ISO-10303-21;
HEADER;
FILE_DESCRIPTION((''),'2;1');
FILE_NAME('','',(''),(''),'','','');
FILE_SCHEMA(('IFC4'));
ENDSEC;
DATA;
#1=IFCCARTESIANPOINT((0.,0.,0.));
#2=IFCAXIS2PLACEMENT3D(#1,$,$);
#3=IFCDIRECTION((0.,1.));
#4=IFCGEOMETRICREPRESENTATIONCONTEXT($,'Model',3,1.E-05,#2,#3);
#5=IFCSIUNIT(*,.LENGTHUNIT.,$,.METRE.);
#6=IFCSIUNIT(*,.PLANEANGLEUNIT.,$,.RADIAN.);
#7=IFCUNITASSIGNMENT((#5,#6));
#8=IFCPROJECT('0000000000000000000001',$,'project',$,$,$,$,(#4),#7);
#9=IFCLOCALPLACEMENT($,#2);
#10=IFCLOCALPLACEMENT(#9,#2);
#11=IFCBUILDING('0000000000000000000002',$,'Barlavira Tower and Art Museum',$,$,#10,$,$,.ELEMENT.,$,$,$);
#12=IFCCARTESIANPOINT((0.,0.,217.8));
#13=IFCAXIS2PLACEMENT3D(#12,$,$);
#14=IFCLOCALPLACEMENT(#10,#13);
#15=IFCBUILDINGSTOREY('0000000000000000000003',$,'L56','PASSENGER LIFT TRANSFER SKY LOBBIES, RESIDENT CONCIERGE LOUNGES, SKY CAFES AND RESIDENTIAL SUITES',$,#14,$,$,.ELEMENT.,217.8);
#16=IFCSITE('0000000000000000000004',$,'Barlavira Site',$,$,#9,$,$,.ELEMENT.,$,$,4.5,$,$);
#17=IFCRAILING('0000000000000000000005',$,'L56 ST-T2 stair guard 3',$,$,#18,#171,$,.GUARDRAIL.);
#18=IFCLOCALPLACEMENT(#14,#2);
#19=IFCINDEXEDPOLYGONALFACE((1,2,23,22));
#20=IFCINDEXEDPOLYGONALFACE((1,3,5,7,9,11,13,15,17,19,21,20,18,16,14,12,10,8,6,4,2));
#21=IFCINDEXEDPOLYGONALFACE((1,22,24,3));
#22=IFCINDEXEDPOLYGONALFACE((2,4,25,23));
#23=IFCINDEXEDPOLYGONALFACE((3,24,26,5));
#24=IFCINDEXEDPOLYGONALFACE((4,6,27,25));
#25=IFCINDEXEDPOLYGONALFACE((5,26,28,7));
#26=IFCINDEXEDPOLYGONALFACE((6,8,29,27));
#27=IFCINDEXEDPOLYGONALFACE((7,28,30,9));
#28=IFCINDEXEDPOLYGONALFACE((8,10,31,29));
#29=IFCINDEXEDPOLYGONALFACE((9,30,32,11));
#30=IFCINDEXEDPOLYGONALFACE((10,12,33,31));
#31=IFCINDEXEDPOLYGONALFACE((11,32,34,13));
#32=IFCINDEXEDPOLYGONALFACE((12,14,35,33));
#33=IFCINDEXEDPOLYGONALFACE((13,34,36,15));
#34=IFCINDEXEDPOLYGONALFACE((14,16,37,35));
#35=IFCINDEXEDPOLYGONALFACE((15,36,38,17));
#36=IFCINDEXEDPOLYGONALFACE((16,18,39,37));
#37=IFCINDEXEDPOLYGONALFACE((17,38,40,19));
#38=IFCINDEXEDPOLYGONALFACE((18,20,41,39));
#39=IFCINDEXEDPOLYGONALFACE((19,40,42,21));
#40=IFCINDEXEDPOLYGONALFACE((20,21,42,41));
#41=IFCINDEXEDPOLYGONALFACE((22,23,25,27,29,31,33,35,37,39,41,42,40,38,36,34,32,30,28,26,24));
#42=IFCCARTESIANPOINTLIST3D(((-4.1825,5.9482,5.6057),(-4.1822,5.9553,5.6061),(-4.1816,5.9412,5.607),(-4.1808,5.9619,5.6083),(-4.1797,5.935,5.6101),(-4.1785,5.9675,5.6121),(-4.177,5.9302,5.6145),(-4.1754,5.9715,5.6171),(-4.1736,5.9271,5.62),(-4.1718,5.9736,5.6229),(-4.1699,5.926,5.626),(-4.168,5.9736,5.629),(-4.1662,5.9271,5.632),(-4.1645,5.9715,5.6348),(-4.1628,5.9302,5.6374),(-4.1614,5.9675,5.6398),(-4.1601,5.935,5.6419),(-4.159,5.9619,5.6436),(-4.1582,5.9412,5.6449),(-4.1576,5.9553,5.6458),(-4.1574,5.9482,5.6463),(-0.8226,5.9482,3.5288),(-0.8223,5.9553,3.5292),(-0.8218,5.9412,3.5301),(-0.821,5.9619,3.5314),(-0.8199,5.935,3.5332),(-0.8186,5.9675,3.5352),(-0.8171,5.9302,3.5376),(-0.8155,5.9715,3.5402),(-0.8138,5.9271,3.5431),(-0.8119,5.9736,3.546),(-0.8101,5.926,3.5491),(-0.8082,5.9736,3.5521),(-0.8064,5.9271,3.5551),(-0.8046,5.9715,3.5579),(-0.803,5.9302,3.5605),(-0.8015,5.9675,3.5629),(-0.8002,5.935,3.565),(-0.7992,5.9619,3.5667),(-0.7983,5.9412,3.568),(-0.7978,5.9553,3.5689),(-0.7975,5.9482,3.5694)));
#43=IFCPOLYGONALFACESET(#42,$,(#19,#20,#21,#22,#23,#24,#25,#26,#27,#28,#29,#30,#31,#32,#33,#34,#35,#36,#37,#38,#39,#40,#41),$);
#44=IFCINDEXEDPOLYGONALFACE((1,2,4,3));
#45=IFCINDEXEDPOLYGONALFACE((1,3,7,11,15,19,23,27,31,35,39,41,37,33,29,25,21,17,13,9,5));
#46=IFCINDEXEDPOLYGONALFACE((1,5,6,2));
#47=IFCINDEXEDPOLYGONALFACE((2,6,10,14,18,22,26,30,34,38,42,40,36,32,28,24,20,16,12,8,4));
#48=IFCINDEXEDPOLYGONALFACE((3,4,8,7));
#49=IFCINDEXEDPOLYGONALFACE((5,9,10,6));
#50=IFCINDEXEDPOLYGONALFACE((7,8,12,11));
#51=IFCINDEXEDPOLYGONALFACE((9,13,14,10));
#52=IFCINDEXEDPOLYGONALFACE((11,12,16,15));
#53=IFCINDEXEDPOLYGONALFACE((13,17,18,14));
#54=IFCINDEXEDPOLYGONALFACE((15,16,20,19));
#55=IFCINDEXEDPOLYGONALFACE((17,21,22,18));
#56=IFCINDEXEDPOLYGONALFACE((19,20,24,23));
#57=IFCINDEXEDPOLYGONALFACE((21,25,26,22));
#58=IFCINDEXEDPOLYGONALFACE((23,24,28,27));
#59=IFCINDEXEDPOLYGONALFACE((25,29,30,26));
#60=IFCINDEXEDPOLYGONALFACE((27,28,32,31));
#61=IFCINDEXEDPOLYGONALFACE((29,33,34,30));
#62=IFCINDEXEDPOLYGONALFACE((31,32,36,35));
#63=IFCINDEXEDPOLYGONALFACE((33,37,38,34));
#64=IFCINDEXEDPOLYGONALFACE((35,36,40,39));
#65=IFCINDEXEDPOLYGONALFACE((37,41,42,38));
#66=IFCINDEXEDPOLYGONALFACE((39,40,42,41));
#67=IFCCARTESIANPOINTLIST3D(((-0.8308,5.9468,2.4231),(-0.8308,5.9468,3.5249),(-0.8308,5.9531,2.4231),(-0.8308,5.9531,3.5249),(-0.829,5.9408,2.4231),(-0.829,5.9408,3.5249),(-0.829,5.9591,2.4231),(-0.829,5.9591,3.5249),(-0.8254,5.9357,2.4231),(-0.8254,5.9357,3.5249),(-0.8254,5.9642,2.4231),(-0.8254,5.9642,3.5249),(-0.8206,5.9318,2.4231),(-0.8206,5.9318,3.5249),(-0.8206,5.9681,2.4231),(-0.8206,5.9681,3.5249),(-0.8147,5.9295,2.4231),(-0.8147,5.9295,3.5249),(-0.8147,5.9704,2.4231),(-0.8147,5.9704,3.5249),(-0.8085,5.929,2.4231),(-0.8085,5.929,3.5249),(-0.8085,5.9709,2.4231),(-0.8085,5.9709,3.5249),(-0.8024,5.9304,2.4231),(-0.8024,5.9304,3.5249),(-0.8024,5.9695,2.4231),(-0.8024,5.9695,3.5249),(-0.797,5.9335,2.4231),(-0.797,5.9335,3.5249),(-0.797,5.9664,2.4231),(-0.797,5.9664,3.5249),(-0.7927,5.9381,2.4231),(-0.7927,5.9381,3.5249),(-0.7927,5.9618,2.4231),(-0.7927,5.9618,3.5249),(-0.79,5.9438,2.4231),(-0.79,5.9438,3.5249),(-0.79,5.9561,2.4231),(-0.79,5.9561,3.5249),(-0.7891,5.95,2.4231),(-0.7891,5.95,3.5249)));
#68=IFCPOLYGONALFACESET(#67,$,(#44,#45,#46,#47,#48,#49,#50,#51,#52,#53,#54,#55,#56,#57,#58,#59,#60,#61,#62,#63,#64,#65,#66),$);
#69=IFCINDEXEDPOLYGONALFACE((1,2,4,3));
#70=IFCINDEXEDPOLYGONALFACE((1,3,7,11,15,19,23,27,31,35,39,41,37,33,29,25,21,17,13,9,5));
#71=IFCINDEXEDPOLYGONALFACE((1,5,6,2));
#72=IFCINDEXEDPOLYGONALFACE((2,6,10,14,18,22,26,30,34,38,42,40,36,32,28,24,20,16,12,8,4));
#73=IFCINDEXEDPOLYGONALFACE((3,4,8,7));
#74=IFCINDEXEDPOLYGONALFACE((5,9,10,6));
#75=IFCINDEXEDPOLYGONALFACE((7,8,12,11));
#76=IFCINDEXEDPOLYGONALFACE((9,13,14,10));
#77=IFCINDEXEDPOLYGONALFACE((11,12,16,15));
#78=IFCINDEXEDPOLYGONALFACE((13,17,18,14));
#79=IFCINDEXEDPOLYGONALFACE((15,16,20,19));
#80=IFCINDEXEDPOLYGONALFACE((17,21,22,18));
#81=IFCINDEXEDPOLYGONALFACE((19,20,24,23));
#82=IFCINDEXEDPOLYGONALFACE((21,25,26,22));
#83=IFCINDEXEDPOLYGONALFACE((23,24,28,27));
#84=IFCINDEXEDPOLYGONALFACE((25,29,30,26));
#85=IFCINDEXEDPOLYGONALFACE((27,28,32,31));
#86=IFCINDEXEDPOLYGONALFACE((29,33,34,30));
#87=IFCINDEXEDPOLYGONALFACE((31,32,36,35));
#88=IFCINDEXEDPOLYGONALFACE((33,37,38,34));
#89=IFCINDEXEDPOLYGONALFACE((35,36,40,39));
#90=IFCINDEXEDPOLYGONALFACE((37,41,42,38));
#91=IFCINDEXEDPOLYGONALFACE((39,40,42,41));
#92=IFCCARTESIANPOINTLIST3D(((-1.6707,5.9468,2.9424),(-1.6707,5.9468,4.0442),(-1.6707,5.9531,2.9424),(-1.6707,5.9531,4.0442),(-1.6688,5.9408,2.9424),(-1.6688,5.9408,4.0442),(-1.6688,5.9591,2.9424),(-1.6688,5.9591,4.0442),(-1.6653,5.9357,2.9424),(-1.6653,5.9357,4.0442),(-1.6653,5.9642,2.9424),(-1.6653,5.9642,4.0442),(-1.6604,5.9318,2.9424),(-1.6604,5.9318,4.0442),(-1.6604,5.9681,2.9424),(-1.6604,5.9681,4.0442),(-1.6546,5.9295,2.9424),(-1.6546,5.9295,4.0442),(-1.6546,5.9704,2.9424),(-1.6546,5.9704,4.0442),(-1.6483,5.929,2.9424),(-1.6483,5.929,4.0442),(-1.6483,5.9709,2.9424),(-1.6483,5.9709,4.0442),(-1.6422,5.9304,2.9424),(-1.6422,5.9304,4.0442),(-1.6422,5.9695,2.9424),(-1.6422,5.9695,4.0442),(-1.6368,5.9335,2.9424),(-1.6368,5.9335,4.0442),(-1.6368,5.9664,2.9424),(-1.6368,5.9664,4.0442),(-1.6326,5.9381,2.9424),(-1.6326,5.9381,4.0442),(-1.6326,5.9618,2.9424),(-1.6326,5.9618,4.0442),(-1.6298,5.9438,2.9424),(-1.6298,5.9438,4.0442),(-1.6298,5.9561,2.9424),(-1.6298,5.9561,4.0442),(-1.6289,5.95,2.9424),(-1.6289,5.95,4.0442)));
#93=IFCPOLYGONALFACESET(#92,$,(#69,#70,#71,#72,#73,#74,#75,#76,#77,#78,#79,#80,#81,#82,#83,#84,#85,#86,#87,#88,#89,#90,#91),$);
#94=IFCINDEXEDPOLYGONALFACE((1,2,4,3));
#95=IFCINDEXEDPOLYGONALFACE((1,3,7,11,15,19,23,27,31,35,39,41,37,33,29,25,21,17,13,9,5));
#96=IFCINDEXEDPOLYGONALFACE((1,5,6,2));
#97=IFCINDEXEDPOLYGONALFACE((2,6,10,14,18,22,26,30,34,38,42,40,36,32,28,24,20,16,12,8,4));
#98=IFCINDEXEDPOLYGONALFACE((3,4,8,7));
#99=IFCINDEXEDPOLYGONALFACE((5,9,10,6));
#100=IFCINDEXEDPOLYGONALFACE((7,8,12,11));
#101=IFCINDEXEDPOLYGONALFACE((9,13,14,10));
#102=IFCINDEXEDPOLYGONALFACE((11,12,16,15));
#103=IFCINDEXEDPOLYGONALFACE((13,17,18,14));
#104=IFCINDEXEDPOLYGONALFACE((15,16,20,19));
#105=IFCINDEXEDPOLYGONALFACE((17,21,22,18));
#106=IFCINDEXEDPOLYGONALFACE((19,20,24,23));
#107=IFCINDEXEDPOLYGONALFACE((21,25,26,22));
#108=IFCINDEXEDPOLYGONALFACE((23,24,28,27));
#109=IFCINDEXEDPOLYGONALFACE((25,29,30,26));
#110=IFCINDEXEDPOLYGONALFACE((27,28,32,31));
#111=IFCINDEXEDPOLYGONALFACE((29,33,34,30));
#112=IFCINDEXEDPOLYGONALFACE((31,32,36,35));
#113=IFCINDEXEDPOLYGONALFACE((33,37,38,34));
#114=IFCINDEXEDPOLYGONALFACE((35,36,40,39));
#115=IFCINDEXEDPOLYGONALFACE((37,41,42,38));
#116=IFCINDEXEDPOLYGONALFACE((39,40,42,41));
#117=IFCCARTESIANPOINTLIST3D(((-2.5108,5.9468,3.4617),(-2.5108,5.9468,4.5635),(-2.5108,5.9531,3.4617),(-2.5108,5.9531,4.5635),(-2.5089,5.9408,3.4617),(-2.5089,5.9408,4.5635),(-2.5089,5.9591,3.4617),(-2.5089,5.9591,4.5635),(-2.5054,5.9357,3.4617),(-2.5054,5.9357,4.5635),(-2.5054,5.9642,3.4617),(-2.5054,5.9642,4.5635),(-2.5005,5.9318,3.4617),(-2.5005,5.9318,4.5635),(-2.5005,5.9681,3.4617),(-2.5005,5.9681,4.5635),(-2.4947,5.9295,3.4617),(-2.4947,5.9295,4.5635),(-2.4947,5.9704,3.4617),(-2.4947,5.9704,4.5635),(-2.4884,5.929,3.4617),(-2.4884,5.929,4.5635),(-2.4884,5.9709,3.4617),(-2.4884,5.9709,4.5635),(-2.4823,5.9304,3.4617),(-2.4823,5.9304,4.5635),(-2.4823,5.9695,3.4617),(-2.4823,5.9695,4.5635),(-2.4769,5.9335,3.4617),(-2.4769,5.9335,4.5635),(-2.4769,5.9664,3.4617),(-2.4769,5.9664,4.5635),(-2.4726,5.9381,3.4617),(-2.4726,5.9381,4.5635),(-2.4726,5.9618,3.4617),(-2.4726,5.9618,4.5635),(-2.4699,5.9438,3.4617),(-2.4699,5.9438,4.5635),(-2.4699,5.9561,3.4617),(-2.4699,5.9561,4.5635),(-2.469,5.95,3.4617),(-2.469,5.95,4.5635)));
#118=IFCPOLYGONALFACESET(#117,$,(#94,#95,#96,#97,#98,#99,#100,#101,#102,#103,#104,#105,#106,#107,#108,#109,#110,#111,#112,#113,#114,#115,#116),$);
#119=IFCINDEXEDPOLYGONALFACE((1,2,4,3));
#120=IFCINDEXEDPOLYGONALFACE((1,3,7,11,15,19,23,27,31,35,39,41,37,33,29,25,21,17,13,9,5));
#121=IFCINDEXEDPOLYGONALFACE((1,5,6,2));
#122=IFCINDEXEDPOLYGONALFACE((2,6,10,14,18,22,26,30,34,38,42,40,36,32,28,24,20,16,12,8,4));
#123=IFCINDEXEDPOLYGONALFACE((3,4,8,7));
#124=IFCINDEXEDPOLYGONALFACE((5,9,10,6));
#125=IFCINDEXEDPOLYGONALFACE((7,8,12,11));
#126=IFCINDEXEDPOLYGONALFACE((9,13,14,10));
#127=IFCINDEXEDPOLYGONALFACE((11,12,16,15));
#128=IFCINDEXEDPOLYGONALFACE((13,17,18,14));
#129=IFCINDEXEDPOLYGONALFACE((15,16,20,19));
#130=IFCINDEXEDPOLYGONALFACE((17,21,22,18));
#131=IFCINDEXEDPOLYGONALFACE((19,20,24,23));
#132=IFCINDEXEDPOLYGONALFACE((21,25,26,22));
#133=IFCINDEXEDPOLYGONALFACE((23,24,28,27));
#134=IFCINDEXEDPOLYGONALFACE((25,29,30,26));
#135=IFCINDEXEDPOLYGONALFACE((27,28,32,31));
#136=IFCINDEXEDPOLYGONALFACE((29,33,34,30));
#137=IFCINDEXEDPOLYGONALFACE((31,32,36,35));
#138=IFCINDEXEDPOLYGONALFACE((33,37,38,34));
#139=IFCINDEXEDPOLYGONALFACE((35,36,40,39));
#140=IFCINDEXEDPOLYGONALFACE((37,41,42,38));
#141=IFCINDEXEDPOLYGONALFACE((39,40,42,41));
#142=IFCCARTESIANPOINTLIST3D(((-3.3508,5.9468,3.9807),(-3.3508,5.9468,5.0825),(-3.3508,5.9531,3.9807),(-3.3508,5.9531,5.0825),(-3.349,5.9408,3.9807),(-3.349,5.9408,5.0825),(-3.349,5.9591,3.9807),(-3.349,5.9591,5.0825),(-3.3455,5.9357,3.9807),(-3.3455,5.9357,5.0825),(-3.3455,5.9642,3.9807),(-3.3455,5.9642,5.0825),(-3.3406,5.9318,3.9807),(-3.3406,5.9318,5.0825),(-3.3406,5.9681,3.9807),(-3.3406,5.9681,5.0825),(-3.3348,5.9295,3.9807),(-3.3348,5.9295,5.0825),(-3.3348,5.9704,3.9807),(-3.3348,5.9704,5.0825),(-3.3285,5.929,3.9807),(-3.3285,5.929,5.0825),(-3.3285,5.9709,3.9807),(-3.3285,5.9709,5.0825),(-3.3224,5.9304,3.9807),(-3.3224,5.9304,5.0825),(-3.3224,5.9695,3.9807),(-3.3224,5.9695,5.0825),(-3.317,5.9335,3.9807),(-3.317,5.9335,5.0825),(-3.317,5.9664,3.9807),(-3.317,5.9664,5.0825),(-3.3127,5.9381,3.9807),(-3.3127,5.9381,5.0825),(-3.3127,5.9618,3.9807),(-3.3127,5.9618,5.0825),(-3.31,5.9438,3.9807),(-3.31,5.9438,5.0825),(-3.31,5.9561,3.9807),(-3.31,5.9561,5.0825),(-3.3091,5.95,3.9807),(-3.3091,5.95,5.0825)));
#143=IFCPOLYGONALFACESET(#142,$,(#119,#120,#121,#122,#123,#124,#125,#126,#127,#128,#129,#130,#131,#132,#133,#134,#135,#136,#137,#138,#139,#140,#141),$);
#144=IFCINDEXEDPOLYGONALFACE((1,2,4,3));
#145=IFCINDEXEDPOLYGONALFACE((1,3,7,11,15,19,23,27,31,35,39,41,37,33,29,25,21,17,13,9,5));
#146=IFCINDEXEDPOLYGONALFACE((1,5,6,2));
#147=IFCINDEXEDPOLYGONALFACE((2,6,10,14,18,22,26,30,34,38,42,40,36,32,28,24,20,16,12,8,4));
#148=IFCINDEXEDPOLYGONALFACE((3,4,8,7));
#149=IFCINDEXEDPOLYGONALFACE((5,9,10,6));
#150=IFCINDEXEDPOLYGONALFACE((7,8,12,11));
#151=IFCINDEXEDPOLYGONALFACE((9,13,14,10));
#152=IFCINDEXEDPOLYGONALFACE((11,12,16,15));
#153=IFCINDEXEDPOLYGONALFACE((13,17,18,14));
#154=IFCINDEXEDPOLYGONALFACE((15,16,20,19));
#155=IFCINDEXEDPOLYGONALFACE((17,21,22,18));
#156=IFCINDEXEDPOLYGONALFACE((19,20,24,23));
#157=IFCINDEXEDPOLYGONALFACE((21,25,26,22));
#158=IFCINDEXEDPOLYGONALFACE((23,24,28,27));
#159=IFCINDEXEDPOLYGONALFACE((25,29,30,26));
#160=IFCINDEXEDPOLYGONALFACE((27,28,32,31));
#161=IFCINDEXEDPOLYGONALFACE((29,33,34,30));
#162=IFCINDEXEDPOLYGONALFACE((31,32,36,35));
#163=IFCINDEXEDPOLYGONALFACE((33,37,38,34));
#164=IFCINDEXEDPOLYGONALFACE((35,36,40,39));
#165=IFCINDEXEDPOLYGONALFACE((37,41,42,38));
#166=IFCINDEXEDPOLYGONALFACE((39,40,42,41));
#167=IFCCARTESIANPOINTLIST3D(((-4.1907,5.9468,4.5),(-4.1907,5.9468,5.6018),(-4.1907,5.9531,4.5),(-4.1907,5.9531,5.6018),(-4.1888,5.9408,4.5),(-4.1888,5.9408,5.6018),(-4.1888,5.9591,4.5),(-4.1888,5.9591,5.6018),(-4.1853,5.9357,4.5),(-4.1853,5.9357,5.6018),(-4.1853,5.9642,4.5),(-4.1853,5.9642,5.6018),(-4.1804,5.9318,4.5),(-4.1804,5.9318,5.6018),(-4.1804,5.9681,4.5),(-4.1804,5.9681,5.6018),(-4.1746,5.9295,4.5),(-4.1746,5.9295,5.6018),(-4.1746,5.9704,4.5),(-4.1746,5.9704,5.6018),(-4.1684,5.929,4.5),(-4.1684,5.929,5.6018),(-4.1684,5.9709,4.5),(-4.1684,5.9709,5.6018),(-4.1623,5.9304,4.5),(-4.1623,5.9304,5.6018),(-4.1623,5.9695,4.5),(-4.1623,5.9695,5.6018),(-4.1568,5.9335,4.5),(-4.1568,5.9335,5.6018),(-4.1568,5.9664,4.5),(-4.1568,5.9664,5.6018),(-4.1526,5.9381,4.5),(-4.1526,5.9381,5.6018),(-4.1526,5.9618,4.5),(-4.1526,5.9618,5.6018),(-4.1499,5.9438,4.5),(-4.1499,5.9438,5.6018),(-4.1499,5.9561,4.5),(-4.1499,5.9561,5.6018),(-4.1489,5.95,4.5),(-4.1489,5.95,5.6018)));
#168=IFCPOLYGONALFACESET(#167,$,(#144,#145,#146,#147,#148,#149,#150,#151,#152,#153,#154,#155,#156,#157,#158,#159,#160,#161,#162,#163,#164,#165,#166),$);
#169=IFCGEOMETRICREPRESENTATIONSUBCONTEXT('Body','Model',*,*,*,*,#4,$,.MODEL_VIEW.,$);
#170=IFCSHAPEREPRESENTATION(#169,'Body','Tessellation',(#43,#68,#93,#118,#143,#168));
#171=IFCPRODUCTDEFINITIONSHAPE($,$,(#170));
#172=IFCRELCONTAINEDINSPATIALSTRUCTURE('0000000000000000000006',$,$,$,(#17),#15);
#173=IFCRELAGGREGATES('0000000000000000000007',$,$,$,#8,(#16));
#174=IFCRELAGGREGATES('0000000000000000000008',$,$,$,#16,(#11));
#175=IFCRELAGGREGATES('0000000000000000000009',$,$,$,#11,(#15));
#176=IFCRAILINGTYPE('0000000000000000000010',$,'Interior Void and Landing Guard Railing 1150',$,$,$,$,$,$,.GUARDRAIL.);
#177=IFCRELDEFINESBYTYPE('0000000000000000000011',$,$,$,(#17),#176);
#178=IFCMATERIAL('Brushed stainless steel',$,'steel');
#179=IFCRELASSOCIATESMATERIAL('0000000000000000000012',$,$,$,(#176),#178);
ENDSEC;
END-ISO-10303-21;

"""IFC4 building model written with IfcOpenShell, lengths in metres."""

from ifc_helpers import new_model, si_unit, direction, frame, origin, origin_2d, place, context, subcontext, project, spatial, circle, extrude, material, type_object, element, save


model = new_model("IFC4")

# Units and contexts
model_context = context("Model", 3, precision=1e-05, world=origin(), true_north=direction((0.0, 1.0)))
body_context = subcontext(model_context, "Body", "Model", "MODEL_VIEW")
ifc_project = project(units=[si_unit("LENGTHUNIT", "METRE"), si_unit("PLANEANGLEUNIT", "RADIAN")], contexts=[model_context])

# Site, building, storey
site_placement = place(None, origin())
site = spatial("IfcSite", under=ifc_project, at=site_placement, Name="Barlavira Site", CompositionType="ELEMENT", RefElevation=4.5)
building_placement = place(site_placement, origin())
building = spatial("IfcBuilding", under=site, at=building_placement, Name="Barlavira Tower and Art Museum", CompositionType="ELEMENT")
storey_placement = place(building_placement, frame((0.0, 0.0, 217.8)))
storey = spatial("IfcBuildingStorey", under=building, at=storey_placement, Name="L56", Description="PASSENGER LIFT TRANSFER SKY LOBBIES, RESIDENT CONCIERGE LOUNGES, SKY CAFES AND RESIDENTIAL SUITES", CompositionType="ELEMENT", Elevation=217.8)

# Shared definitions
ifc_material_1 = material(Name="Brushed stainless steel", Category="steel")

# Railing
railing_type_1 = type_object("IfcRailingType", Name="Interior Void and Landing Guard Railing 1150", PredefinedType="GUARDRAIL", material=ifc_material_1)
railing_1_placement = place(storey_placement, frame((-0.8101, 5.95, 2.4231)))
element("IfcRailing", 1, at=railing_1_placement, inside=storey, type_object=railing_type_1, Name="L56 ST-T2 stair guard 3", PredefinedType="GUARDRAIL", context=body_context, shape_type="SweptSolid", body=[
    extrude(circle(Radius=0.0239, at=origin_2d()), frame((0.0, 0.0, 1.126), z_axis=(-0.850606, 0.0, 0.525803), x_axis=(0.0, -1.0, 0.0)), (0.0, 0.0, 1.0), 3.95),
    extrude(circle(Radius=0.021, at=origin_2d()), origin(), (0.0, 0.0, 1.0), 1.1018),
    extrude(circle(Radius=0.021, at=origin_2d()), frame((-0.8398, 0.0, 0.5193)), (0.0, 0.0, 1.0), 1.1018),
    extrude(circle(Radius=0.021, at=origin_2d()), frame((-1.6799, 0.0, 1.0386)), (0.0, 0.0, 1.0), 1.1018),
    extrude(circle(Radius=0.021, at=origin_2d()), frame((-2.52, 0.0, 1.5576)), (0.0, 0.0, 1.0), 1.1018),
    extrude(circle(Radius=0.021, at=origin_2d()), frame((-3.3599, 0.0, 2.0769)), (0.0, 0.0, 1.0), 1.1018),
])

save(model, "model.ifc")
